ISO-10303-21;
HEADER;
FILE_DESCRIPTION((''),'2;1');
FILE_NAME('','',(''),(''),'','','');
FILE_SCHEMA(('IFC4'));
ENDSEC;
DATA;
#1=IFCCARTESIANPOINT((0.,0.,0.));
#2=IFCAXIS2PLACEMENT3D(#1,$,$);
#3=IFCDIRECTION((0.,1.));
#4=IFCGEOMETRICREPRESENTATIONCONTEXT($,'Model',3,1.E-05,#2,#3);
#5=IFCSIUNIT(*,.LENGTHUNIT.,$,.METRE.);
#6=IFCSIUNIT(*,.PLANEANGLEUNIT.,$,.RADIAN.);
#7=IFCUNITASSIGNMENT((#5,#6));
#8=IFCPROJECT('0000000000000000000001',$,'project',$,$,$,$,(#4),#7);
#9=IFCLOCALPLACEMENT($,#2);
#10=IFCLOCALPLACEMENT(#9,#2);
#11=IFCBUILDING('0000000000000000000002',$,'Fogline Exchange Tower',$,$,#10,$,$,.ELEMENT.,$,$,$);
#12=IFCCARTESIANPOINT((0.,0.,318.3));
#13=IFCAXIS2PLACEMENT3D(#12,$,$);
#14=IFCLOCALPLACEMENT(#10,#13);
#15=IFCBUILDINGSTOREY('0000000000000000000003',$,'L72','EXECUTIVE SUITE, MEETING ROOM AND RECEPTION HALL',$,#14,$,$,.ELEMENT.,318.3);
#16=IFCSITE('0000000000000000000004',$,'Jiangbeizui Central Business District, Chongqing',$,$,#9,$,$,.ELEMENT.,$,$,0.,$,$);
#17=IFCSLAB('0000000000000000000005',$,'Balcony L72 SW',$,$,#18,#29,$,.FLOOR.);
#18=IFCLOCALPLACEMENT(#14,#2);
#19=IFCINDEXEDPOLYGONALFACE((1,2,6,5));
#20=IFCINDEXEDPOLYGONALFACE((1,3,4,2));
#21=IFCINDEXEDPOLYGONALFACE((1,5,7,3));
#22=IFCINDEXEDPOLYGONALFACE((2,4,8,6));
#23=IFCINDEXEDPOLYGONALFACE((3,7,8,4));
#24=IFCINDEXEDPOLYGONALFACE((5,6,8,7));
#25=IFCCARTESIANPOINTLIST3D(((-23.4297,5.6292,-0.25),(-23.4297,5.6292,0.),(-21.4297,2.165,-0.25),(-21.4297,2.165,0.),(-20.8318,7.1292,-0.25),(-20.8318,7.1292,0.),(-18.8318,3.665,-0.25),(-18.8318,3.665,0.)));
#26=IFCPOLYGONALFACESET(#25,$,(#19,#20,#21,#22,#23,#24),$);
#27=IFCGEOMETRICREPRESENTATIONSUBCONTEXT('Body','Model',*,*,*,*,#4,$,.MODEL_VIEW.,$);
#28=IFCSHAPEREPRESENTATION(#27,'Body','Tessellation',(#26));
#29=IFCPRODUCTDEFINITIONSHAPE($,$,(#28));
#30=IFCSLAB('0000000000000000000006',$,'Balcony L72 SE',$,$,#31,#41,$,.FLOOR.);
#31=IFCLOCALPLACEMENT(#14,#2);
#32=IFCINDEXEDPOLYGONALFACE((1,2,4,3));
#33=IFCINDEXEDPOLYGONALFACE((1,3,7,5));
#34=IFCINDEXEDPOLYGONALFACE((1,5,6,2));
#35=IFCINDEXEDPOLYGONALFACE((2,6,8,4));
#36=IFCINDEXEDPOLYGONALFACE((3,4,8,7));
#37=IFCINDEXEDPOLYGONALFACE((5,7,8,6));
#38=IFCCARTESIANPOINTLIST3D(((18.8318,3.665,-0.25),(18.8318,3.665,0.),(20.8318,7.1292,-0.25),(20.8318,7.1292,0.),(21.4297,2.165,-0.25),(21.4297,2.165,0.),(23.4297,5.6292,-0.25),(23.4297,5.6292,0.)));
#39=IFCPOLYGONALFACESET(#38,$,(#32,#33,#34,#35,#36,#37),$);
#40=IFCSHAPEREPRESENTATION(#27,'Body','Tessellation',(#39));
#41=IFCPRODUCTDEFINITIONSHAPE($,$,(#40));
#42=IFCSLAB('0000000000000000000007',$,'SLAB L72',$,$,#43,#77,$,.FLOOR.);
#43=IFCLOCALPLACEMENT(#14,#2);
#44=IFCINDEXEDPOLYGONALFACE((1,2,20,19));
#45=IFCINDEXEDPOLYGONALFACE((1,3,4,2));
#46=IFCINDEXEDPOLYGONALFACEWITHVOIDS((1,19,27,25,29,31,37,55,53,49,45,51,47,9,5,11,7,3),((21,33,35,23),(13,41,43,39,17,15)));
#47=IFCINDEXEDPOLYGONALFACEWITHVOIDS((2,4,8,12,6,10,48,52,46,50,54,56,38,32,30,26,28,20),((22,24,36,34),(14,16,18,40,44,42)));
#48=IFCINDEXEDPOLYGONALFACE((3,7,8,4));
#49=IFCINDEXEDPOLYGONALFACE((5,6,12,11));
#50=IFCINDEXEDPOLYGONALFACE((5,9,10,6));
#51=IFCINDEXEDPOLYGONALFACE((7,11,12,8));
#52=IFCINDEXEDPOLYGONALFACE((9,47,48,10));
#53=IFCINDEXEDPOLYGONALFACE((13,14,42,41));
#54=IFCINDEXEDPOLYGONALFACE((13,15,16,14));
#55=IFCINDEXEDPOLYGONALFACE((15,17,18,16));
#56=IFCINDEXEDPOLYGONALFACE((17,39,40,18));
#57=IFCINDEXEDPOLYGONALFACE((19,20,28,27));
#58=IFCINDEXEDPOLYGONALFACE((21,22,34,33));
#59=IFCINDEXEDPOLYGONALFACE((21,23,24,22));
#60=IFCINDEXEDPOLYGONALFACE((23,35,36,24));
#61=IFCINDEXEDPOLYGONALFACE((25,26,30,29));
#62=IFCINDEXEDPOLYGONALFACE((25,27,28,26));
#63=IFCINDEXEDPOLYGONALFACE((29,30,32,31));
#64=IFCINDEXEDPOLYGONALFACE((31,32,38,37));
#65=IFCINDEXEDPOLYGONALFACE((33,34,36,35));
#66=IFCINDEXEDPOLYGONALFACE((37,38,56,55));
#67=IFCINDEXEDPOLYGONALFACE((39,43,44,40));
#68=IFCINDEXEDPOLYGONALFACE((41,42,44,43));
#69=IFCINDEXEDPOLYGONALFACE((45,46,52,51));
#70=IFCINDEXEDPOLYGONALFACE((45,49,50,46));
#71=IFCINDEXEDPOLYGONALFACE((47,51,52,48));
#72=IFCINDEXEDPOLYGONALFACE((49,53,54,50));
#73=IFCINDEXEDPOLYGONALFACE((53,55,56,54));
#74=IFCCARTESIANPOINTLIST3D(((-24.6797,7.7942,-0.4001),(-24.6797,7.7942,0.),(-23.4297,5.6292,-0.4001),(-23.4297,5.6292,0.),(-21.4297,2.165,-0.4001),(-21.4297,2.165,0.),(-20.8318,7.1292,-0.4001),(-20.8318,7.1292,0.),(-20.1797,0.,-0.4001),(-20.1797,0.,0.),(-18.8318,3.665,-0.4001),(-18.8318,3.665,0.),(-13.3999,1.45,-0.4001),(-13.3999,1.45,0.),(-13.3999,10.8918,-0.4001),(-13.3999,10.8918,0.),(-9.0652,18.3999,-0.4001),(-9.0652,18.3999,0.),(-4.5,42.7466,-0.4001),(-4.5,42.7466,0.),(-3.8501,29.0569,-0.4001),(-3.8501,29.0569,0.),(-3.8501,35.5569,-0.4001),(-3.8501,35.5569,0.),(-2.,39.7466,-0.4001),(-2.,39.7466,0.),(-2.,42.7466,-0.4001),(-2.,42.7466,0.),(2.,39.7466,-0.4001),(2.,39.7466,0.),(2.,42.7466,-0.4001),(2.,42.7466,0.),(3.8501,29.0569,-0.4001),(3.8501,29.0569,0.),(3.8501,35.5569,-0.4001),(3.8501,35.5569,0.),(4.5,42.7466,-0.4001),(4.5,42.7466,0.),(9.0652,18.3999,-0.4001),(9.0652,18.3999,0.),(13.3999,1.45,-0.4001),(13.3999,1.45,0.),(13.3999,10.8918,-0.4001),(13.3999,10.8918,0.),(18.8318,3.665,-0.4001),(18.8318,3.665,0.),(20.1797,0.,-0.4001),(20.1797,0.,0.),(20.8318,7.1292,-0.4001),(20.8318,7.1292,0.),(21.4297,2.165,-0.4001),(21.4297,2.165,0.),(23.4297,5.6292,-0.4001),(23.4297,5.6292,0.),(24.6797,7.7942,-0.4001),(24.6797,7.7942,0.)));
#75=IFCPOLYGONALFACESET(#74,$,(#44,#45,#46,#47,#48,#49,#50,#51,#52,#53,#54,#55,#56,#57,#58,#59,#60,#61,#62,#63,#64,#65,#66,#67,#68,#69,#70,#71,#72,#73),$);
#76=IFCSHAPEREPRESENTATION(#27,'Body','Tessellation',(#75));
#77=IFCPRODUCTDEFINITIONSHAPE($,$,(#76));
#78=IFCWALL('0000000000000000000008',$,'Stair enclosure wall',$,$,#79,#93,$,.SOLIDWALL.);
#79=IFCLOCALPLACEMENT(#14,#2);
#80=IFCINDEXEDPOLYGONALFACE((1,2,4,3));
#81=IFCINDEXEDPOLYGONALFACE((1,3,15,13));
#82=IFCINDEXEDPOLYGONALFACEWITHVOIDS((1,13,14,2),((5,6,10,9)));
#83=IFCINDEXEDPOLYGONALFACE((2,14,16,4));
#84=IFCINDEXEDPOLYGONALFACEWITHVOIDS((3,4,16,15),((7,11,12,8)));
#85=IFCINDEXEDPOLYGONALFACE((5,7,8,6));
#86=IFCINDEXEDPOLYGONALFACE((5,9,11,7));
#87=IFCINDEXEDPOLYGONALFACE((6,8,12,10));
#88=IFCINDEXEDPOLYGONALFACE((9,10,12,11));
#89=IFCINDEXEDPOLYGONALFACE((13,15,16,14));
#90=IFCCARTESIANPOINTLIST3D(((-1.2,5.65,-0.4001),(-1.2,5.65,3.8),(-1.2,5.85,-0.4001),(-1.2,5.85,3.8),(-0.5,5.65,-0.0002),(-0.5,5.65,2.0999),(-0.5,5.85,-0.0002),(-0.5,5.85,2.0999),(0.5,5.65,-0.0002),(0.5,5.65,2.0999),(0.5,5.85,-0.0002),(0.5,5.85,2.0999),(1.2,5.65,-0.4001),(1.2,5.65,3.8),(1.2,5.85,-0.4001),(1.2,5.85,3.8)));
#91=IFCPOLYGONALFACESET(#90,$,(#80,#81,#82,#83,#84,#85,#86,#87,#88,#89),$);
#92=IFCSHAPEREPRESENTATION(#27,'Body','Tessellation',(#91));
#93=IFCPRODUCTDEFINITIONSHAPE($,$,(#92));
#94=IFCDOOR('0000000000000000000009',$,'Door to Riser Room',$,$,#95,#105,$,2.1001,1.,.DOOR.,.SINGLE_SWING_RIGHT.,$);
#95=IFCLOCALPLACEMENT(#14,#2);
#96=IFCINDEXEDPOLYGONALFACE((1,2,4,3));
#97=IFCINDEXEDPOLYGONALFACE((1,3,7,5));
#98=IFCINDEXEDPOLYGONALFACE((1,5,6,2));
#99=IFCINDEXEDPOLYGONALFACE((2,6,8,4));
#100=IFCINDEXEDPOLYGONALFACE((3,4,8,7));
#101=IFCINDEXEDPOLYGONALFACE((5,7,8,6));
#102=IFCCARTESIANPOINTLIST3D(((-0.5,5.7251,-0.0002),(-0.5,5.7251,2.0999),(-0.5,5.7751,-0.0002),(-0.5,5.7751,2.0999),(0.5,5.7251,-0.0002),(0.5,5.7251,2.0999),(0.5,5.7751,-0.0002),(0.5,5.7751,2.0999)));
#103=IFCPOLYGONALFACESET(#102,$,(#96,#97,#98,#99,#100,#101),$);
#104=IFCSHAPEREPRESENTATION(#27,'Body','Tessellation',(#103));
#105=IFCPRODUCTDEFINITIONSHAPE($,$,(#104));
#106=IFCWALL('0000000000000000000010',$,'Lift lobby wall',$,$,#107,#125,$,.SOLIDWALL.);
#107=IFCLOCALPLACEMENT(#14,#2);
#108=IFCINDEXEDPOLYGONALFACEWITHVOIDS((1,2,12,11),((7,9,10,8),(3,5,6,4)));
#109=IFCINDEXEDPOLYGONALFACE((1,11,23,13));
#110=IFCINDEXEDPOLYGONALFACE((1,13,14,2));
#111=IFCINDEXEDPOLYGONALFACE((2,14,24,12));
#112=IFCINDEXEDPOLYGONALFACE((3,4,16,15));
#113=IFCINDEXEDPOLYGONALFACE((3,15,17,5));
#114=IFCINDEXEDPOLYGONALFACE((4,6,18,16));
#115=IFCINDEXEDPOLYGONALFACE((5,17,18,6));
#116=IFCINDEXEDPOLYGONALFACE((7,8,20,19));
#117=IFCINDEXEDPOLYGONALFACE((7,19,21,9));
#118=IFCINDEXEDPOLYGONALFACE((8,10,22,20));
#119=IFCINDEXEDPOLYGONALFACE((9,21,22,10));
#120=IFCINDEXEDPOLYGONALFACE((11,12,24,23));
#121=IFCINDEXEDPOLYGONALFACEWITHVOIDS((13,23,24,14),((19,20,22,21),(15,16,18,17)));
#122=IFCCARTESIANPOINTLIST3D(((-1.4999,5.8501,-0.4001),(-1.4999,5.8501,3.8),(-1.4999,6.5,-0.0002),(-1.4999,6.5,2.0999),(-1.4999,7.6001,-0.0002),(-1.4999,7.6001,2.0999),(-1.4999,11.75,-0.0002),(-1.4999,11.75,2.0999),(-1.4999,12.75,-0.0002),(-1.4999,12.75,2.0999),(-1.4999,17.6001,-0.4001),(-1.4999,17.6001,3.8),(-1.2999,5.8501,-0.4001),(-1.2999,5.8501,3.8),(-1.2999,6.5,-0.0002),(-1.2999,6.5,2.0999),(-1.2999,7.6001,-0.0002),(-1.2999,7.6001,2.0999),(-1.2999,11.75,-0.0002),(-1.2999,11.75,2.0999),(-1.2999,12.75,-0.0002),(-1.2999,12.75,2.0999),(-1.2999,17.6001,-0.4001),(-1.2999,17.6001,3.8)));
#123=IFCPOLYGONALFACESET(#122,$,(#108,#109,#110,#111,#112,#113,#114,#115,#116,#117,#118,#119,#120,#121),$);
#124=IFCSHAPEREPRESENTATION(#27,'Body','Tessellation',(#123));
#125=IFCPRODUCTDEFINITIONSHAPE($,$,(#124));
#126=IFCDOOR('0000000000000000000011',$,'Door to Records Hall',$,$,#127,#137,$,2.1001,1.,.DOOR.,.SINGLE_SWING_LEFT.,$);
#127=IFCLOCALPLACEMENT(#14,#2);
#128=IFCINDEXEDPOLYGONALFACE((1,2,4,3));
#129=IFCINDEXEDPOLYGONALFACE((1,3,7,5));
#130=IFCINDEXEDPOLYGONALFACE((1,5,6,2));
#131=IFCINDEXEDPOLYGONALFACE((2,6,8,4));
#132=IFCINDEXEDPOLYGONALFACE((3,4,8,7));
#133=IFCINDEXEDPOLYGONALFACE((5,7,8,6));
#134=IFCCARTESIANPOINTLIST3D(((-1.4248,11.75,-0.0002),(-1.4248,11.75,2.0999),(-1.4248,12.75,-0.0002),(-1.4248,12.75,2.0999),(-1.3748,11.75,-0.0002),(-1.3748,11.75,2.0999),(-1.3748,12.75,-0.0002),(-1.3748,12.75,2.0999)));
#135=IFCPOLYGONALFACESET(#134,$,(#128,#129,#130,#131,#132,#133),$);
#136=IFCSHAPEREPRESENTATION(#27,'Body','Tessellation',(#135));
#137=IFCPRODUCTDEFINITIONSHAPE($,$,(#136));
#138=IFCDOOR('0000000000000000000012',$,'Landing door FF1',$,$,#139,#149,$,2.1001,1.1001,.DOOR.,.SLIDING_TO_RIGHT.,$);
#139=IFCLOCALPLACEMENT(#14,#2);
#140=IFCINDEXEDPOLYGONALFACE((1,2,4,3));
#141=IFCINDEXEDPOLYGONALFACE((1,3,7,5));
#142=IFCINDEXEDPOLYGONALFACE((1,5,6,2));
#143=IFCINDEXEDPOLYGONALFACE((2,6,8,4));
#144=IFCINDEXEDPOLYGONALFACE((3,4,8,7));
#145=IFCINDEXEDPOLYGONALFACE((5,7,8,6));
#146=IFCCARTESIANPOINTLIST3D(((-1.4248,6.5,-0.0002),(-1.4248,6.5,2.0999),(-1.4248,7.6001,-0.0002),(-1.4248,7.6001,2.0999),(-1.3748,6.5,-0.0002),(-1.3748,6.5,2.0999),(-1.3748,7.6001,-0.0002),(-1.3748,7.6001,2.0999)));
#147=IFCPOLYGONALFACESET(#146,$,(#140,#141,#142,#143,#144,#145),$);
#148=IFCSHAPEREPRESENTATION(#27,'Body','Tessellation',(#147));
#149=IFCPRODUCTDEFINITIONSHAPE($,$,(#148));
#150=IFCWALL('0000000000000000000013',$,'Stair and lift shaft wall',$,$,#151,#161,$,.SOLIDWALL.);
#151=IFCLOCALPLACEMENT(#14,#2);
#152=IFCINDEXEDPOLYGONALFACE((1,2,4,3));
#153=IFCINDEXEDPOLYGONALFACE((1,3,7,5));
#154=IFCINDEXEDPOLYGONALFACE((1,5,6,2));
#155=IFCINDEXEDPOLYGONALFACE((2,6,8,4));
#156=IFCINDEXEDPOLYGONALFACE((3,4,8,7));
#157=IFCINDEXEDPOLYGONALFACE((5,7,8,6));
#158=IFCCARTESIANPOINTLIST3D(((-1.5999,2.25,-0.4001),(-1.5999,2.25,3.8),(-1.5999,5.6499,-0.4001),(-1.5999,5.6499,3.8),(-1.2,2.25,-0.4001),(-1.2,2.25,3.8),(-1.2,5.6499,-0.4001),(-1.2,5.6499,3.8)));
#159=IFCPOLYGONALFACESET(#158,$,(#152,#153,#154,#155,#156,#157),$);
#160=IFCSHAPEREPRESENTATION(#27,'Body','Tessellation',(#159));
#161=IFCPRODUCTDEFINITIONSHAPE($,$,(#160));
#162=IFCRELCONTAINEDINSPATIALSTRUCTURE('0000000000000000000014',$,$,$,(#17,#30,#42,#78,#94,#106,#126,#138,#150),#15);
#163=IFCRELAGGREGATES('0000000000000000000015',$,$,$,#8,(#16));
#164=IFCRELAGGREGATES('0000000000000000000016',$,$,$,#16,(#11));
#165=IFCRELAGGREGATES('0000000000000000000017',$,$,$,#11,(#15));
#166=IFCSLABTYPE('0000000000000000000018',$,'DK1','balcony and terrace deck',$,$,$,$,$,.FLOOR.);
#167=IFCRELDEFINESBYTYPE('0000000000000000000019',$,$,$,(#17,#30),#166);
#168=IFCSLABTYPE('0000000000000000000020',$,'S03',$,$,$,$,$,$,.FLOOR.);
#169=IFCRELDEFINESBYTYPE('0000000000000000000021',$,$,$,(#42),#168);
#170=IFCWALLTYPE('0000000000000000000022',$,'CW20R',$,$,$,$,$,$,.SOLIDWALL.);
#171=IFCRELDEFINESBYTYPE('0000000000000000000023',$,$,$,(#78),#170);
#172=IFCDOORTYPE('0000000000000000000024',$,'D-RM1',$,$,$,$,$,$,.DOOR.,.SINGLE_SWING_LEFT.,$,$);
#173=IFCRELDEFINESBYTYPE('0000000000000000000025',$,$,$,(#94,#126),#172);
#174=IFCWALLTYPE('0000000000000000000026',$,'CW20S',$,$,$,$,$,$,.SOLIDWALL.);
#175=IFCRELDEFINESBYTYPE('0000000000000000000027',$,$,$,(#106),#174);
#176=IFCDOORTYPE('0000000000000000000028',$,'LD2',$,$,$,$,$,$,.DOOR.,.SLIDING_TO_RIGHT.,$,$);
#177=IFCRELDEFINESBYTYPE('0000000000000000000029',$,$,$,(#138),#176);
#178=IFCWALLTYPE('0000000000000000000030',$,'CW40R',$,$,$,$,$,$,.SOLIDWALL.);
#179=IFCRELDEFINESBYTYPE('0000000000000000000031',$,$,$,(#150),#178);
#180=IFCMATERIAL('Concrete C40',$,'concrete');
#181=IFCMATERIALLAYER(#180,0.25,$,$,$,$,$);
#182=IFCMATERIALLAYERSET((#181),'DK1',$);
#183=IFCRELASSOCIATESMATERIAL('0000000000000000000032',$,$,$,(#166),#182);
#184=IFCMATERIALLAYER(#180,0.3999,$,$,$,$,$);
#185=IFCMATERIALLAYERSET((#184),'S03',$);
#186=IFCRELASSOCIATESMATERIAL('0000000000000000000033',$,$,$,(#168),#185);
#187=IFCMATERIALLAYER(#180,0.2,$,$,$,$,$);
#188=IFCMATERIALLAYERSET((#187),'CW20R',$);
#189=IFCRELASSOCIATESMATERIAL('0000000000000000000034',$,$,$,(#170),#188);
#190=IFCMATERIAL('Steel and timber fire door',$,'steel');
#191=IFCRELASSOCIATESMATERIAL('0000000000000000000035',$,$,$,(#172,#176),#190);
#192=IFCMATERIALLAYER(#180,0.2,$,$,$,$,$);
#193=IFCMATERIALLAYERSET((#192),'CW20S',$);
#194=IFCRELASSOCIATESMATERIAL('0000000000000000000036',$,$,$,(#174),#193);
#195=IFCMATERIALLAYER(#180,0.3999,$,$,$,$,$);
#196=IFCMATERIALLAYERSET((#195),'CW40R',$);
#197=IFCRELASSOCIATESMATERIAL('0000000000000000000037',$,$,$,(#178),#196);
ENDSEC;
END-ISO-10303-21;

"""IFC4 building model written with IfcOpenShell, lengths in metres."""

from ifc_helpers import new_model, si_unit, direction, frame, frame_2d, origin, place, context, subcontext, project, spatial, polyline, rectangle, outline, extrude, material, layer, layer_set, type_object, element, fill, save


model = new_model("IFC4")

# Units and contexts
model_context = context("Model", 3, precision=1e-05, world=origin(), true_north=direction((0.0, 1.0)))
body_context = subcontext(model_context, "Body", "Model", "MODEL_VIEW")
ifc_project = project(units=[si_unit("LENGTHUNIT", "METRE"), si_unit("PLANEANGLEUNIT", "RADIAN")], contexts=[model_context])

# Site, building, storey
site_placement = place(None, origin())
site = spatial("IfcSite", under=ifc_project, at=site_placement, Name="Jiangbeizui Central Business District, Chongqing", CompositionType="ELEMENT", RefElevation=0.0)
building_placement = place(site_placement, origin())
building = spatial("IfcBuilding", under=site, at=building_placement, Name="Fogline Exchange Tower", CompositionType="ELEMENT")
storey_placement = place(building_placement, frame((0.0, 0.0, 318.3)))
storey = spatial("IfcBuildingStorey", under=building, at=storey_placement, Name="L72", Description="EXECUTIVE SUITE, MEETING ROOM AND RECEPTION HALL", CompositionType="ELEMENT", Elevation=318.3)

# Slabs
ifc_material_1 = material(Name="Concrete C40", Category="concrete")
ifc_layer_1 = layer(ifc_material_1, 0.25)
ifc_layer_set_1 = layer_set([ifc_layer_1], Name="DK1")
slab_type_1 = type_object("IfcSlabType", Name="DK1", Description="balcony and terrace deck", PredefinedType="FLOOR", material=ifc_layer_set_1)
slab_1_placement = place(storey_placement, frame((0.0, 0.0, -0.25)))
element("IfcSlab", 1, at=slab_1_placement, inside=storey, type_object=slab_type_1, Name="Balcony L72 SW", PredefinedType="FLOOR", context=body_context, shape_type="SweptSolid", body=[
    extrude(outline(polyline([(-23.4297, 5.6292), (-21.4297, 2.165), (-18.8318, 3.665), (-20.8318, 7.1292), (-23.4297, 5.6292)])), origin(), (0.0, 0.0, 1.0), 0.25),
])
slab_2_placement = place(storey_placement, frame((0.0, 0.0, -0.25)))
element("IfcSlab", 2, at=slab_2_placement, inside=storey, type_object=slab_type_1, Name="Balcony L72 SE", PredefinedType="FLOOR", context=body_context, shape_type="SweptSolid", body=[
    extrude(outline(polyline([(21.4297, 2.165), (23.4297, 5.6292), (20.8318, 7.1292), (18.8318, 3.665), (21.4297, 2.165)])), origin(), (0.0, 0.0, 1.0), 0.25),
])
ifc_layer_2 = layer(ifc_material_1, 0.3999)
ifc_layer_set_2 = layer_set([ifc_layer_2], Name="S03")
slab_type_2 = type_object("IfcSlabType", Name="S03", PredefinedType="FLOOR", material=ifc_layer_set_2)
slab_3_placement = place(storey_placement, frame((0.0, 0.0, -0.4001)))
element("IfcSlab", 3, at=slab_3_placement, inside=storey, type_object=slab_type_2, Name="SLAB L72", PredefinedType="FLOOR", context=body_context, shape_type="SweptSolid", body=[
    extrude(outline(polyline([(-2.0, 42.7466), (-4.5, 42.7466), (-24.6797, 7.7942), (-23.4297, 5.6292), (-20.8318, 7.1292), (-18.8318, 3.665), (-21.4297, 2.165), (-20.1797, 0.0), (20.1797, 0.0), (21.4297, 2.165), (18.8318, 3.665), (20.8318, 7.1292), (23.4297, 5.6292), (24.6797, 7.7942), (4.5, 42.7466), (2.0, 42.7466), (2.0, 39.7466), (-2.0, 39.7466), (-2.0, 42.7466)]), holes=[polyline([(13.3999, 10.8918), (13.3999, 1.45), (-13.3999, 1.45), (-13.3999, 10.8918), (-9.0652, 18.3999), (9.0652, 18.3999), (13.3999, 10.8918)]), polyline([(3.8501, 35.5569), (3.8501, 29.0569), (-3.8501, 29.0569), (-3.8501, 35.5569), (3.8501, 35.5569)])]), origin(), (0.0, 0.0, 1.0), 0.4001),
])

# Wall, opening, door
ifc_layer_3 = layer(ifc_material_1, 0.2)
ifc_layer_set_3 = layer_set([ifc_layer_3], Name="CW20R")
wall_type_1 = type_object("IfcWallType", Name="CW20R", PredefinedType="SOLIDWALL", material=ifc_layer_set_3)
wall_1_placement = place(storey_placement, frame((-1.2, 5.75, -0.4001), z_axis=(0.0, 0.0, 1.0), x_axis=(1.0, 0.0, 0.0)))
wall_1 = element("IfcWall", 4, at=wall_1_placement, inside=storey, type_object=wall_type_1, Name="Stair enclosure wall", PredefinedType="SOLIDWALL", context=body_context, shape_type="SweptSolid", body=[
    extrude(rectangle(XDim=2.3999, YDim=0.2, at=frame_2d((1.2, 0.0))), origin(), (0.0, 0.0, 1.0), 4.2002),
])
opening_1_placement = place(wall_1_placement, frame((0.7, 0.0, 0.3999)))
opening_1 = element("IfcOpeningElement", 5, at=opening_1_placement, cuts=wall_1, PredefinedType="OPENING", context=body_context, shape_type="SweptSolid", body=[
    extrude(rectangle(XDim=1.0, YDim=2.1001, at=frame_2d((0.5, 1.05))), frame((0.0, 0.1099, 0.0), z_axis=(0.0, -1.0, 0.0), x_axis=(1.0, 0.0, 0.0)), (0.0, 0.0, 1.0), 0.22),
])
ifc_material_2 = material(Name="Steel and timber fire door", Category="steel")
door_type_1 = type_object("IfcDoorType", Name="D-RM1", OperationType="SINGLE_SWING_LEFT", PredefinedType="DOOR", material=ifc_material_2)
door_1_placement = place(opening_1_placement, frame((1.0, 0.0, 0.0), z_axis=(0.0, 0.0, 1.0), x_axis=(-1.0, 0.0, 0.0)))
door_1 = element("IfcDoor", 6, at=door_1_placement, inside=storey, type_object=door_type_1, Name="Door to Riser Room", OperationType="SINGLE_SWING_RIGHT", OverallHeight=2.1001, OverallWidth=1.0, PredefinedType="DOOR", context=body_context, shape_type="SweptSolid", body=[
    extrude(rectangle(XDim=1.0, YDim=2.1001, at=frame_2d((0.5, 1.05))), frame((0.0, 0.0249, 0.0), z_axis=(0.0, -1.0, 0.0), x_axis=(1.0, 0.0, 0.0)), (0.0, 0.0, 1.0), 0.05),
])
fill(opening_1, door_1)

# Wall, openings, doors
ifc_layer_4 = layer(ifc_material_1, 0.2)
ifc_layer_set_4 = layer_set([ifc_layer_4], Name="CW20S")
wall_type_2 = type_object("IfcWallType", Name="CW20S", PredefinedType="SOLIDWALL", material=ifc_layer_set_4)
wall_2_placement = place(storey_placement, frame((-1.3999, 5.8501, -0.4001), z_axis=(0.0, 0.0, 1.0), x_axis=(0.0, 1.0, 0.0)))
wall_2 = element("IfcWall", 7, at=wall_2_placement, inside=storey, type_object=wall_type_2, Name="Lift lobby wall", PredefinedType="SOLIDWALL", context=body_context, shape_type="SweptSolid", body=[
    extrude(rectangle(XDim=11.75, YDim=0.2, at=frame_2d((5.875, 0.0))), origin(), (0.0, 0.0, 1.0), 4.2002),
])
opening_2_placement = place(wall_2_placement, frame((0.6499, 0.0, 0.3999)))
opening_2 = element("IfcOpeningElement", 8, at=opening_2_placement, cuts=wall_2, PredefinedType="OPENING", context=body_context, shape_type="SweptSolid", body=[
    extrude(rectangle(XDim=1.1001, YDim=2.1001, at=frame_2d((0.55, 1.05))), frame((0.0, 0.1099, 0.0), z_axis=(0.0, -1.0, 0.0), x_axis=(1.0, 0.0, 0.0)), (0.0, 0.0, 1.0), 0.22),
])
opening_3_placement = place(wall_2_placement, frame((5.8999, 0.0, 0.3999)))
opening_3 = element("IfcOpeningElement", 9, at=opening_3_placement, cuts=wall_2, PredefinedType="OPENING", context=body_context, shape_type="SweptSolid", body=[
    extrude(rectangle(XDim=1.0, YDim=2.1001, at=frame_2d((0.5, 1.05))), frame((0.0, 0.1099, 0.0), z_axis=(0.0, -1.0, 0.0), x_axis=(1.0, 0.0, 0.0)), (0.0, 0.0, 1.0), 0.22),
])
door_2_placement = place(opening_3_placement, origin())
door_2 = element("IfcDoor", 10, at=door_2_placement, inside=storey, type_object=door_type_1, Name="Door to Records Hall", OperationType="SINGLE_SWING_LEFT", OverallHeight=2.1001, OverallWidth=1.0, PredefinedType="DOOR", context=body_context, shape_type="SweptSolid", body=[
    extrude(rectangle(XDim=1.0, YDim=2.1001, at=frame_2d((0.5, 1.05))), frame((0.0, 0.0249, 0.0), z_axis=(0.0, -1.0, 0.0), x_axis=(1.0, 0.0, 0.0)), (0.0, 0.0, 1.0), 0.05),
])
fill(opening_3, door_2)
door_type_2 = type_object("IfcDoorType", Name="LD2", OperationType="SLIDING_TO_RIGHT", PredefinedType="DOOR", material=ifc_material_2)
door_3_placement = place(opening_2_placement, origin())
door_3 = element("IfcDoor", 11, at=door_3_placement, inside=storey, type_object=door_type_2, Name="Landing door FF1", OperationType="SLIDING_TO_RIGHT", OverallHeight=2.1001, OverallWidth=1.1001, PredefinedType="DOOR", context=body_context, shape_type="SweptSolid", body=[
    extrude(rectangle(XDim=1.1001, YDim=2.1001, at=frame_2d((0.55, 1.05))), frame((0.0, 0.0249, 0.0), z_axis=(0.0, -1.0, 0.0), x_axis=(1.0, 0.0, 0.0)), (0.0, 0.0, 1.0), 0.05),
])
fill(opening_2, door_3)

# Wall
ifc_layer_5 = layer(ifc_material_1, 0.3999)
ifc_layer_set_5 = layer_set([ifc_layer_5], Name="CW40R")
wall_type_3 = type_object("IfcWallType", Name="CW40R", PredefinedType="SOLIDWALL", material=ifc_layer_set_5)
wall_3_placement = place(storey_placement, frame((-1.3999, 2.25, -0.4001), z_axis=(0.0, 0.0, 1.0), x_axis=(0.0, 1.0, 0.0)))
element("IfcWall", 12, at=wall_3_placement, inside=storey, type_object=wall_type_3, Name="Stair and lift shaft wall", PredefinedType="SOLIDWALL", context=body_context, shape_type="SweptSolid", body=[
    extrude(rectangle(XDim=3.3999, YDim=0.3999, at=frame_2d((1.7, 0.0))), origin(), (0.0, 0.0, 1.0), 4.2002),
])

save(model, "model.ifc")
